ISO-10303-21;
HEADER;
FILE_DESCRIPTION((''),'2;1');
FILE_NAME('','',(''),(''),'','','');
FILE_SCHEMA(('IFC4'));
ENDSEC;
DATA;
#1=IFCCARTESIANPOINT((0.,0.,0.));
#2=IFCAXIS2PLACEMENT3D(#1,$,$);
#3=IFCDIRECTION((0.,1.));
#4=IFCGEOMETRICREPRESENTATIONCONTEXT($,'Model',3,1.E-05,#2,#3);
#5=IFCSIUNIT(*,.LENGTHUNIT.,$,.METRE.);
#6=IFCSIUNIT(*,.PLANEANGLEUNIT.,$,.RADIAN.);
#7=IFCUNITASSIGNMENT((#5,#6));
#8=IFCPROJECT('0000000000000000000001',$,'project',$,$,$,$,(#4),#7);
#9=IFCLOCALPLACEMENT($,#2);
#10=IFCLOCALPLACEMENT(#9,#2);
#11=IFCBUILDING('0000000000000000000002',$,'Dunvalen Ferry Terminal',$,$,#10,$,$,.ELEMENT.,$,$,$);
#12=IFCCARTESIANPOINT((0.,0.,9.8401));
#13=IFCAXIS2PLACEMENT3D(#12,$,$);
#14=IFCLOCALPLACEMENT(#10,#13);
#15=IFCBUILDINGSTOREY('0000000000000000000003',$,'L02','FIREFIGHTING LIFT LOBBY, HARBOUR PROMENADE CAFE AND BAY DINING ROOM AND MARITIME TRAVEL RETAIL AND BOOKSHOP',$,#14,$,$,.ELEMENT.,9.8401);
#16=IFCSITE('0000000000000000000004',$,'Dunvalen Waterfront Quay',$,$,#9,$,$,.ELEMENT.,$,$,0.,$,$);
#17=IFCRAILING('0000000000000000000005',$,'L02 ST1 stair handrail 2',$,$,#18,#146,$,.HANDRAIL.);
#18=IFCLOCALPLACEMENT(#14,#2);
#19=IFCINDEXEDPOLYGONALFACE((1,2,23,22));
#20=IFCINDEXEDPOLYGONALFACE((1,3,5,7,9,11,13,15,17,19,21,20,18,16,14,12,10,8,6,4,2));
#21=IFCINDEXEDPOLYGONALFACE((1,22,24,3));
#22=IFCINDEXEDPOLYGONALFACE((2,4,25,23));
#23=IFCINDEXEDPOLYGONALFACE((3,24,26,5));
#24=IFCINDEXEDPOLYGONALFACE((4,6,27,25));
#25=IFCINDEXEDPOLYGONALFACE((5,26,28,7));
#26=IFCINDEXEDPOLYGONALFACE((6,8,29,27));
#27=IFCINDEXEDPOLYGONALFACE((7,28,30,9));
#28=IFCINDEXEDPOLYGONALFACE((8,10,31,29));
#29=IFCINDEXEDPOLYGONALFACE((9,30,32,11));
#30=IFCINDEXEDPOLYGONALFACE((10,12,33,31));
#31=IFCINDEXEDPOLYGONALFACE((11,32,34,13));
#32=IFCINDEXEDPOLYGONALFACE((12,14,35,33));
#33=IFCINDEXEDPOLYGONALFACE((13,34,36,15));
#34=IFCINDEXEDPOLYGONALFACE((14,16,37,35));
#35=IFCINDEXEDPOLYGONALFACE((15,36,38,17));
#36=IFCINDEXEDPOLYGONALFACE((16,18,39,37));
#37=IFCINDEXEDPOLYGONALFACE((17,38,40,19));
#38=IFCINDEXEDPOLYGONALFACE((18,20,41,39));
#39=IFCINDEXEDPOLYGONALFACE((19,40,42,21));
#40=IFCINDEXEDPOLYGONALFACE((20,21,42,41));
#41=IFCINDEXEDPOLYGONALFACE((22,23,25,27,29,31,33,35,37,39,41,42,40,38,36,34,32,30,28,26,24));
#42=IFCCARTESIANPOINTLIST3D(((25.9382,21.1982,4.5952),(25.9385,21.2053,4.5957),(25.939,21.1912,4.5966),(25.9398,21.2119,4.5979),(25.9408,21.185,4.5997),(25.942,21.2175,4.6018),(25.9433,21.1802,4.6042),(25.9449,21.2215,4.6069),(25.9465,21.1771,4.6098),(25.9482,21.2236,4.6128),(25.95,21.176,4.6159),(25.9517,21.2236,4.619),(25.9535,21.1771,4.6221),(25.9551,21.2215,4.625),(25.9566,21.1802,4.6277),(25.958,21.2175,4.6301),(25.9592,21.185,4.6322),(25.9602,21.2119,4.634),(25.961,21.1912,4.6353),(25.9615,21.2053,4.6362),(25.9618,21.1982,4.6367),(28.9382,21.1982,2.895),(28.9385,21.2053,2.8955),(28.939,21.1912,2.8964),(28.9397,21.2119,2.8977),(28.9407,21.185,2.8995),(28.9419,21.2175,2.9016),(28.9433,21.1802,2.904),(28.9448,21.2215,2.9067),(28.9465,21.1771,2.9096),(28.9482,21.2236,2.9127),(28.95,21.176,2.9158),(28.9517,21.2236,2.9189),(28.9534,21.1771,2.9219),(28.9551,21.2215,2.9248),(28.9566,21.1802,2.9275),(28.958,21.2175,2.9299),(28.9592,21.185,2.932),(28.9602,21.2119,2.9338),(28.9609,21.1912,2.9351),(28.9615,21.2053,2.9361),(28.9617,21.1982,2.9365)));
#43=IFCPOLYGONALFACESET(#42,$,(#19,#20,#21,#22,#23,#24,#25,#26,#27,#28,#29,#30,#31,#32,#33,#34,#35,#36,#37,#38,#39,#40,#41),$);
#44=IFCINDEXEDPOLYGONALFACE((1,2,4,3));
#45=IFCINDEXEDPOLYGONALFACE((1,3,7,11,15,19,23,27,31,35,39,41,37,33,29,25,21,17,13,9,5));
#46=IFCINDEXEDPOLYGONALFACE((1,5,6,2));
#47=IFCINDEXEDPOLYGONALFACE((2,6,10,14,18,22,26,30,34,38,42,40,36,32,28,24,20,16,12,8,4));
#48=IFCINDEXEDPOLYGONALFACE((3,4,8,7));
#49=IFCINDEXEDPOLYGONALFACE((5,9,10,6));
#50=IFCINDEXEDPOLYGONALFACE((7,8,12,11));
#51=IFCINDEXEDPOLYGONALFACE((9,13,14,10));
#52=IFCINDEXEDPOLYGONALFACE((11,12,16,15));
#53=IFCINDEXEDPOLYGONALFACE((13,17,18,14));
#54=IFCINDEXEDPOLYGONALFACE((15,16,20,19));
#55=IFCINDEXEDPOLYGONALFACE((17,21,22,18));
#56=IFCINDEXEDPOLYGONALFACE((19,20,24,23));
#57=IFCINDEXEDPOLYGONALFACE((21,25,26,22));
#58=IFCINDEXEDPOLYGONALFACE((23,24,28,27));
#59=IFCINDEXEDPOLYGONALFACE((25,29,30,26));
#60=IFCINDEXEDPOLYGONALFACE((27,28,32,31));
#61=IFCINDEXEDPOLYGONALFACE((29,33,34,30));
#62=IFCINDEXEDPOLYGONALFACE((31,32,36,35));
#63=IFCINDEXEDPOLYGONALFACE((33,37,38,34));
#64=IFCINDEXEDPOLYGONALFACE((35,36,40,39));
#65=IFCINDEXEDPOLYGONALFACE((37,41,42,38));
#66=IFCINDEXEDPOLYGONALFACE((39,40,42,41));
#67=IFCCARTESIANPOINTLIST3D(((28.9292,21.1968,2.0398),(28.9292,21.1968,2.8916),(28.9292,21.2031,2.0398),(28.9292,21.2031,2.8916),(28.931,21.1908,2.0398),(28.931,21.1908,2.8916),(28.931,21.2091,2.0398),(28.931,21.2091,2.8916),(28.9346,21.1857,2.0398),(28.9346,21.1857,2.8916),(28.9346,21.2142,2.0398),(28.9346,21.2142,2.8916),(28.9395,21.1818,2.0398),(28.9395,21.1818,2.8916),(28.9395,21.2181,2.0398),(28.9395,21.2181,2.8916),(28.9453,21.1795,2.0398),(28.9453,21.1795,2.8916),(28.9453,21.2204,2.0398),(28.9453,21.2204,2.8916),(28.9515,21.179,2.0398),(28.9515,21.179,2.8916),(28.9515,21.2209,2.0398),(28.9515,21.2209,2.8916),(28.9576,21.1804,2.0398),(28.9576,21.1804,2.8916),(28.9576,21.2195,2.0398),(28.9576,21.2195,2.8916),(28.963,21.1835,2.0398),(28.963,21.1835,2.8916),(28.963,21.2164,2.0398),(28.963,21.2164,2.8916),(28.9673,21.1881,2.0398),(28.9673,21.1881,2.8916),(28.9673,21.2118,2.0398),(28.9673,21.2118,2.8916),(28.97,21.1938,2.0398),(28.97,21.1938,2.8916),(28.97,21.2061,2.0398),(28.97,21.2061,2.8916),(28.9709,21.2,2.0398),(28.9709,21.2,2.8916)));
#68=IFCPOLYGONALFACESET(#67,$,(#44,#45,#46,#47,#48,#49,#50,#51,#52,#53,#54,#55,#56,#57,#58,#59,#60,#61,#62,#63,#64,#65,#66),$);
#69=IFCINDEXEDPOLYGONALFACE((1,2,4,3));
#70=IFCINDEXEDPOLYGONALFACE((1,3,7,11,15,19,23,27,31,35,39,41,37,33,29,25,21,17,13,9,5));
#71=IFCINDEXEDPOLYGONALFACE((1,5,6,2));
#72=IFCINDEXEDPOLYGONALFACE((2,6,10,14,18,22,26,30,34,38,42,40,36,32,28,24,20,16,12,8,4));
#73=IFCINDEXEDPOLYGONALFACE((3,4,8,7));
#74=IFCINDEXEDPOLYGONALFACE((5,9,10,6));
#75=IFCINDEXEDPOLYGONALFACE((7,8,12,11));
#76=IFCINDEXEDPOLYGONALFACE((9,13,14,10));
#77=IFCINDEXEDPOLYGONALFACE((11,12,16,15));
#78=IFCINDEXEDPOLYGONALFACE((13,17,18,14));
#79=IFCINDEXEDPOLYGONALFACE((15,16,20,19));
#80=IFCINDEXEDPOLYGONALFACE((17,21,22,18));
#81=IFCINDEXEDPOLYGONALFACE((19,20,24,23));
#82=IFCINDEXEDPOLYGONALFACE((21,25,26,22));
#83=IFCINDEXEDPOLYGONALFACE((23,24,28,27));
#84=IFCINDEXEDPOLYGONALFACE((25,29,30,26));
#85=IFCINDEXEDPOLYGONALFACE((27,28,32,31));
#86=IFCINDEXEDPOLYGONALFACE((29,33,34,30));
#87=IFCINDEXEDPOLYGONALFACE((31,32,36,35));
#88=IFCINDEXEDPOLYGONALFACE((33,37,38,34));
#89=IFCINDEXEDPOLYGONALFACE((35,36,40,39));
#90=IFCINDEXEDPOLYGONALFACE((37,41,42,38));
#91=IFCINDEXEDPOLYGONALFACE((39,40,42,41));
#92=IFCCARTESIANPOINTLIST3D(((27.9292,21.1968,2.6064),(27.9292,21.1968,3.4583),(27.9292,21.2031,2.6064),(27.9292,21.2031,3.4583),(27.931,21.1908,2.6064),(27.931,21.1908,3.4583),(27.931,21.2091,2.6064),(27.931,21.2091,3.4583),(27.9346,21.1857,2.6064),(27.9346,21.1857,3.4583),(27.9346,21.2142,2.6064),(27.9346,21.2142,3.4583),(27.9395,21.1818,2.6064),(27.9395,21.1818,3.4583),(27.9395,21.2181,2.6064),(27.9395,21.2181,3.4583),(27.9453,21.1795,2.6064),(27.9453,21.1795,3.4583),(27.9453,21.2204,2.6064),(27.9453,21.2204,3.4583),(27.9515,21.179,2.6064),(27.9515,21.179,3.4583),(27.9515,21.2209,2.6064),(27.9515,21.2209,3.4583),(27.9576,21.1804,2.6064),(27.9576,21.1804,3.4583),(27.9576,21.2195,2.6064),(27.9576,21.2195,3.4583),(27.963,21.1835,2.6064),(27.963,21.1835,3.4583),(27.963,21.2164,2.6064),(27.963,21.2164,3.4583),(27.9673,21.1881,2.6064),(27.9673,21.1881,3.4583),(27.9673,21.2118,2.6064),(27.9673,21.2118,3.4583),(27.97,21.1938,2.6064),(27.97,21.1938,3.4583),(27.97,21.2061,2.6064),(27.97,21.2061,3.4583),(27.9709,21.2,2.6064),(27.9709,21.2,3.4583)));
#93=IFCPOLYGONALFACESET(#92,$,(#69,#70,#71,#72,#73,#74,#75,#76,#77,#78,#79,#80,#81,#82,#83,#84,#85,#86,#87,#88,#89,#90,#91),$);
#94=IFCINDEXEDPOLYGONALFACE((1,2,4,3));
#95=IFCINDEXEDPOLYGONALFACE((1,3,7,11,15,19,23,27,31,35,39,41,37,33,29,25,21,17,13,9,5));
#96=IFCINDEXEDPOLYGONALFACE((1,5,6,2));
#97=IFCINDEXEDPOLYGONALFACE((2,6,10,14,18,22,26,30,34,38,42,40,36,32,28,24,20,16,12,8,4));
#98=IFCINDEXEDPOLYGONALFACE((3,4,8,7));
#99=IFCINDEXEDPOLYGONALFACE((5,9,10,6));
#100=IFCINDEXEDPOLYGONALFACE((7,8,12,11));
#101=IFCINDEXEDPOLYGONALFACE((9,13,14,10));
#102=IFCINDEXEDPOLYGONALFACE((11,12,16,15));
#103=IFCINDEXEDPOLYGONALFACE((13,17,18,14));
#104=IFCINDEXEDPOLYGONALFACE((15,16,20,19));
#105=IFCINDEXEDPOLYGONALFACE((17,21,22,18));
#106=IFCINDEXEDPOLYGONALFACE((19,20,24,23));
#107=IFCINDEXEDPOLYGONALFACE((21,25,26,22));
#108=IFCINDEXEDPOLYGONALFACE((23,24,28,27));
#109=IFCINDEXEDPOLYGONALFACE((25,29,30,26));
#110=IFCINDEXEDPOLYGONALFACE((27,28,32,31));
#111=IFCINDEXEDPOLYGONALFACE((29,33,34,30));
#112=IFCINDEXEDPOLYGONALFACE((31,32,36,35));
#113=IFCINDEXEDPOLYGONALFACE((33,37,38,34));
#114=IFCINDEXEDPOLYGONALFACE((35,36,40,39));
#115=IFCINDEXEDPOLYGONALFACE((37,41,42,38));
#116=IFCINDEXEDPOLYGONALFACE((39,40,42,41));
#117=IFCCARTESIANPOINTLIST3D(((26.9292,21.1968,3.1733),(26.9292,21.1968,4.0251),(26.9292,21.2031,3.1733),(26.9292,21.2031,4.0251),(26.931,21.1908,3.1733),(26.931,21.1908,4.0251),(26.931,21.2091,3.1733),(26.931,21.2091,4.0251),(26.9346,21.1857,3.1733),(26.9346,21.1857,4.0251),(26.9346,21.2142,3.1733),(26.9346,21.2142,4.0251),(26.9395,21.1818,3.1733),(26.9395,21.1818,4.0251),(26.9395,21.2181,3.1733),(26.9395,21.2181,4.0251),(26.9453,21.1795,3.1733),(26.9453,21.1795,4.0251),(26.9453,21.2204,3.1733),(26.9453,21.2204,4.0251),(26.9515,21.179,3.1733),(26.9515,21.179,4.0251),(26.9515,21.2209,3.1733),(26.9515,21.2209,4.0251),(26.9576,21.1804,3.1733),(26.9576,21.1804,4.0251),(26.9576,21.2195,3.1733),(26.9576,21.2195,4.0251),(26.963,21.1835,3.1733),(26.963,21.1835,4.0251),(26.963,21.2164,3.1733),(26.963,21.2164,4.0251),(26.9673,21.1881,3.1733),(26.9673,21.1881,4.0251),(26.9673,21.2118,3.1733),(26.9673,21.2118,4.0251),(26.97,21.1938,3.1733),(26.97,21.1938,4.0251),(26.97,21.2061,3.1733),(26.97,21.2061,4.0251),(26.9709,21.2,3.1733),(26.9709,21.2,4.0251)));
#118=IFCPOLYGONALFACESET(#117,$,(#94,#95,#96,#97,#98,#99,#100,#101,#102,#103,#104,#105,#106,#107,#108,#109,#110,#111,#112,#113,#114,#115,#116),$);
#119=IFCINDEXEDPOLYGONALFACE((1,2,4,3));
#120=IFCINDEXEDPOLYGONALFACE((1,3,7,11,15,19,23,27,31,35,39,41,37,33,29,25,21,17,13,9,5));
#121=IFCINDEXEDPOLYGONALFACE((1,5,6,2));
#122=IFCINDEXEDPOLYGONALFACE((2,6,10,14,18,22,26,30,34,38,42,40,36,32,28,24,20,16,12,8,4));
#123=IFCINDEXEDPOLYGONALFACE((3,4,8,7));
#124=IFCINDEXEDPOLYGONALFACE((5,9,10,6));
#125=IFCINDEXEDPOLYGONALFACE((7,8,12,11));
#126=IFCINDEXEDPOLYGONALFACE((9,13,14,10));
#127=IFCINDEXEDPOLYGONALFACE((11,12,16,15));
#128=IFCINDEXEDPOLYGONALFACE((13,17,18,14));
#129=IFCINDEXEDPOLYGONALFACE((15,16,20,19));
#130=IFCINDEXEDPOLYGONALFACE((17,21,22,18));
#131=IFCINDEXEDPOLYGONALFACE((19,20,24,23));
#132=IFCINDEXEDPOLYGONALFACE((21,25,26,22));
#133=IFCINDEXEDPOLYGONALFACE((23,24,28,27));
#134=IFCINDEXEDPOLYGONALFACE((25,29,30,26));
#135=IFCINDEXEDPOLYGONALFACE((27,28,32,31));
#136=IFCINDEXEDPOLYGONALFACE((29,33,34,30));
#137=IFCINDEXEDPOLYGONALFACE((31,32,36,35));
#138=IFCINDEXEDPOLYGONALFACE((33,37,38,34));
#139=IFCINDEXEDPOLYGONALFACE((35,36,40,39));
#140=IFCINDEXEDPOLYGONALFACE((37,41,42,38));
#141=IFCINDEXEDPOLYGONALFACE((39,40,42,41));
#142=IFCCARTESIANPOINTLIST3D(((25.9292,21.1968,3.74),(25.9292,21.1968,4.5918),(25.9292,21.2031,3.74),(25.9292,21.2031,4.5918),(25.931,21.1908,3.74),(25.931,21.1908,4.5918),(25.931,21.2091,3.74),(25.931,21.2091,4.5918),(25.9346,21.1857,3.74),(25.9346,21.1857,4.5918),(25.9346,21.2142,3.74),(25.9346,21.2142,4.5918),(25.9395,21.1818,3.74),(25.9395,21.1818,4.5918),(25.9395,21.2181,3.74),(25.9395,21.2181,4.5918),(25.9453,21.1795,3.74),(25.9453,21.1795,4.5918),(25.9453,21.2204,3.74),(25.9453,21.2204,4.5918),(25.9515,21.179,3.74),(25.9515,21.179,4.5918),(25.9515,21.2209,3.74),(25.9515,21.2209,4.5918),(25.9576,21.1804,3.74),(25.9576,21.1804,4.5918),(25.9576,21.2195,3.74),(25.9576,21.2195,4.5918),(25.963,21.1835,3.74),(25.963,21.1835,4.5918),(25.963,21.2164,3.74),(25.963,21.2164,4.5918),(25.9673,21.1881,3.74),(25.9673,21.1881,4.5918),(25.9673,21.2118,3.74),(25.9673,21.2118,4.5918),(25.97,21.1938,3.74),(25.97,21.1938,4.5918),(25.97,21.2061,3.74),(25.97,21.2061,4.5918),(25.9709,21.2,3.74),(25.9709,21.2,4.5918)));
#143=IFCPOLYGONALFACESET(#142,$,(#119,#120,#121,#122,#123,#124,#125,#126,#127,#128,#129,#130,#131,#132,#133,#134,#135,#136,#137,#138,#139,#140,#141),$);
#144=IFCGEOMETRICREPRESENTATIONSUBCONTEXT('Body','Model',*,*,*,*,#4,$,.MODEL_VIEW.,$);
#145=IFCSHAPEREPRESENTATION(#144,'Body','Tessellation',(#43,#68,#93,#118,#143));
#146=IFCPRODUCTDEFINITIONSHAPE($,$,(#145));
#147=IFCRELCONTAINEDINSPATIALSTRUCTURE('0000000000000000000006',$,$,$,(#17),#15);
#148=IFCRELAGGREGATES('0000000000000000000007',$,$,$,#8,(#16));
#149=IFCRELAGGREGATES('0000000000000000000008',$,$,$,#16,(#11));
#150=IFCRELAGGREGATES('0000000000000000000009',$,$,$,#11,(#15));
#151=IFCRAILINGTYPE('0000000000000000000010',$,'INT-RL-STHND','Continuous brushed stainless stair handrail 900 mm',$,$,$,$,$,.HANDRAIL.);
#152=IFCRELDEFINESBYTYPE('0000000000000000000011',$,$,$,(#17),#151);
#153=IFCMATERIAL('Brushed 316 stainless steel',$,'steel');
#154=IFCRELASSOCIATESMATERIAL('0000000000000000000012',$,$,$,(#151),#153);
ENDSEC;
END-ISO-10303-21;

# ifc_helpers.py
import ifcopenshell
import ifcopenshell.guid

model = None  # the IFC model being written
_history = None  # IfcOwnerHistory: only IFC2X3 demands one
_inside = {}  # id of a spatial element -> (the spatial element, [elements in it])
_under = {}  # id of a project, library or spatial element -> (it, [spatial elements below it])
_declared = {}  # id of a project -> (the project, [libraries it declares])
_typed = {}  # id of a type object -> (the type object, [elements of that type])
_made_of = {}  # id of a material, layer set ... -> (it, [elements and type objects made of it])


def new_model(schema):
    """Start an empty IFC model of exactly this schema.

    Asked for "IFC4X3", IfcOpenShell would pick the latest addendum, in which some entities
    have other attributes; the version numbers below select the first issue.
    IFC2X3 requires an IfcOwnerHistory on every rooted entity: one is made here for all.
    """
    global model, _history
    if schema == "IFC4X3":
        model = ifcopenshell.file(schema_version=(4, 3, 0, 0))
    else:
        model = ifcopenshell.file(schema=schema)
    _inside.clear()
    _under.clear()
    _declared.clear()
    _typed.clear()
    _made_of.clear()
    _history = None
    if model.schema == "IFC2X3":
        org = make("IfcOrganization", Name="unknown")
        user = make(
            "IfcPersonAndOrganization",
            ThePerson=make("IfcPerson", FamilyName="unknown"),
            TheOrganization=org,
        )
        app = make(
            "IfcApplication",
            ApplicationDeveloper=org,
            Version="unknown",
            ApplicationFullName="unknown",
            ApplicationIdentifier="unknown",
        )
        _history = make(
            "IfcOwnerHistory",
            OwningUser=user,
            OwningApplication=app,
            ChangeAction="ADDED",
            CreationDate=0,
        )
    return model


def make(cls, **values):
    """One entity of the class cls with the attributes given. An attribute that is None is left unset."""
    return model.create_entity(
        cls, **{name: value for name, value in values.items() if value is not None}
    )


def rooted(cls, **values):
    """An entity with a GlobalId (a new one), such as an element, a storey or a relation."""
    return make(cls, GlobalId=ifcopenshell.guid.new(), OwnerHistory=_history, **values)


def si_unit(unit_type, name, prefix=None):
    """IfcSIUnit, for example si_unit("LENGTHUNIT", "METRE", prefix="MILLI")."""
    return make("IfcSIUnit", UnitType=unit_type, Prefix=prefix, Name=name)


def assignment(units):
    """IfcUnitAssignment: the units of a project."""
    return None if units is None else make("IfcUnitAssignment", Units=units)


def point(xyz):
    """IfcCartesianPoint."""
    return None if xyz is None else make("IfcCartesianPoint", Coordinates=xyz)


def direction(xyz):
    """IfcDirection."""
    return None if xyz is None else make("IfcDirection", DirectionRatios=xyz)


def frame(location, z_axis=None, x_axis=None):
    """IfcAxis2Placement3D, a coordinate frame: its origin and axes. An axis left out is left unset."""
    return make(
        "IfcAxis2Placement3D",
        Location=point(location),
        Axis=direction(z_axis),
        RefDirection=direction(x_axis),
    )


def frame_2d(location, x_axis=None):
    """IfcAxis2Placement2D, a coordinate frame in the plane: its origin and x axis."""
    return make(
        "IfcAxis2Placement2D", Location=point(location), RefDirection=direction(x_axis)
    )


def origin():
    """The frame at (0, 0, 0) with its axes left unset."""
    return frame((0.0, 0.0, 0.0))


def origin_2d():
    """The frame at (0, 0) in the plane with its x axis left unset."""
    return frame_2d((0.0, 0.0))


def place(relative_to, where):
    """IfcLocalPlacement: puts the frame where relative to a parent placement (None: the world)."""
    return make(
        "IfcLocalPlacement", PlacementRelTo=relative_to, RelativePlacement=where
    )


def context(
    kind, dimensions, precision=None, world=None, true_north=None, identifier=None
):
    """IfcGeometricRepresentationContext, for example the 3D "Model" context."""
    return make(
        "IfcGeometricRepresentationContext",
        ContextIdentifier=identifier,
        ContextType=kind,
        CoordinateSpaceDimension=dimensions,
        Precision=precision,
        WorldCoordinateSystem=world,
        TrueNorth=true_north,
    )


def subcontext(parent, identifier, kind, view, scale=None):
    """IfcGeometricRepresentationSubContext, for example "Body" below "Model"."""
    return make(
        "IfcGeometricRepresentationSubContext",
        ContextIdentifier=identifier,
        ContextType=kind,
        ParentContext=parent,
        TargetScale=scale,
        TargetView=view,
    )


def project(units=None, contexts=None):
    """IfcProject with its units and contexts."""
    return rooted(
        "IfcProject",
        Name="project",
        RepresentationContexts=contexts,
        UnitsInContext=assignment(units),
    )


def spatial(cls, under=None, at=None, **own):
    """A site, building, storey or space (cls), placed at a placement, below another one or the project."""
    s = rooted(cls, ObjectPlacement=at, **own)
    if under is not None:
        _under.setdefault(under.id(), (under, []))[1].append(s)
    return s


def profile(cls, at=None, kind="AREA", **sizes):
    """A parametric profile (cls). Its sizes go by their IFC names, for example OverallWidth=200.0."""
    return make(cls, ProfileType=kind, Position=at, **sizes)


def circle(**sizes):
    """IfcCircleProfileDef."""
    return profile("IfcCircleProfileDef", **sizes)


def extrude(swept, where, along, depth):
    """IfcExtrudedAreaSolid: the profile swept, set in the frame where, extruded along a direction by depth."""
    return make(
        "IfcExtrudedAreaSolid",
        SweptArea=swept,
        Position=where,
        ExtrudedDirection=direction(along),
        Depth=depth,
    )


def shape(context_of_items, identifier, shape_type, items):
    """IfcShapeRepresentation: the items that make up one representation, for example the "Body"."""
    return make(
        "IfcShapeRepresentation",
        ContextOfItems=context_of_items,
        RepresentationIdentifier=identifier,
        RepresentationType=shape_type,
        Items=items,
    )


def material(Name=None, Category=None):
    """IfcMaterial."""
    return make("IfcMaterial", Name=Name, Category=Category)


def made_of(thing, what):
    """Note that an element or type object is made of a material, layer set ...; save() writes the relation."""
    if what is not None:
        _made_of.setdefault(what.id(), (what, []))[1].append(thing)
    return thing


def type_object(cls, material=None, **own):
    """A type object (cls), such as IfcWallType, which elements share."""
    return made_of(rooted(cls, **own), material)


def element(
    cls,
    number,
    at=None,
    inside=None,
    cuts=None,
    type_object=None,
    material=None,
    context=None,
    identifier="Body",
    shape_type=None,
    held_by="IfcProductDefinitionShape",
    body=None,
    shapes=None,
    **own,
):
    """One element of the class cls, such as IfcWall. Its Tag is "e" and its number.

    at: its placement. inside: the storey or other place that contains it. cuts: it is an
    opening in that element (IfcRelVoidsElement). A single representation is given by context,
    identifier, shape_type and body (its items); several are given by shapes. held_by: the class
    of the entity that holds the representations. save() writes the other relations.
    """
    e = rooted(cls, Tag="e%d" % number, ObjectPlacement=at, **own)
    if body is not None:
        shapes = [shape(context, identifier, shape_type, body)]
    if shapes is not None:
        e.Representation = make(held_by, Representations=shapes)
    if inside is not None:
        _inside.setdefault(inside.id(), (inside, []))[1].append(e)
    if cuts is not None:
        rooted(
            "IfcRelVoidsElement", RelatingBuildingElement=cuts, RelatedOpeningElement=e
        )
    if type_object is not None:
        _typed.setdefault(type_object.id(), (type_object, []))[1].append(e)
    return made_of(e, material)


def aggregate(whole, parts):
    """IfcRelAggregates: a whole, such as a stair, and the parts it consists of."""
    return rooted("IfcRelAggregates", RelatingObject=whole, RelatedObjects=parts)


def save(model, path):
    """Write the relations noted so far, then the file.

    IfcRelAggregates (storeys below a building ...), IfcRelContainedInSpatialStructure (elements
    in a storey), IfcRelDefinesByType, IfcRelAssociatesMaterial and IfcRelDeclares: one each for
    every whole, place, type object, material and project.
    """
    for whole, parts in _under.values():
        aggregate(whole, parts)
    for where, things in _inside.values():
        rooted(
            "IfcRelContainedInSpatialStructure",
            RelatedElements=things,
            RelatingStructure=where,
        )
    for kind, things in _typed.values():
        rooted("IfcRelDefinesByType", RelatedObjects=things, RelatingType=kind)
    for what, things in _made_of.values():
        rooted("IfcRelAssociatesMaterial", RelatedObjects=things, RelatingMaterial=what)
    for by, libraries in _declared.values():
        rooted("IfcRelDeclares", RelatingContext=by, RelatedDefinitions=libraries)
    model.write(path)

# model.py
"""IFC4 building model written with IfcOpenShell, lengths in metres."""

from ifc_helpers import new_model, si_unit, direction, frame, origin, origin_2d, place, context, subcontext, project, spatial, circle, extrude, material, type_object, element, save


model = new_model("IFC4")

# Units and contexts
model_context = context("Model", 3, precision=1e-05, world=origin(), true_north=direction((0.0, 1.0)))
body_context = subcontext(model_context, "Body", "Model", "MODEL_VIEW")
ifc_project = project(units=[si_unit("LENGTHUNIT", "METRE"), si_unit("PLANEANGLEUNIT", "RADIAN")], contexts=[model_context])

# Site, building, storey
site_placement = place(None, origin())
site = spatial("IfcSite", under=ifc_project, at=site_placement, Name="Dunvalen Waterfront Quay", CompositionType="ELEMENT", RefElevation=0.0)
building_placement = place(site_placement, origin())
building = spatial("IfcBuilding", under=site, at=building_placement, Name="Dunvalen Ferry Terminal", CompositionType="ELEMENT")
storey_placement = place(building_placement, frame((0.0, 0.0, 9.8401)))
storey = spatial("IfcBuildingStorey", under=building, at=storey_placement, Name="L02", Description="FIREFIGHTING LIFT LOBBY, HARBOUR PROMENADE CAFE AND BAY DINING ROOM AND MARITIME TRAVEL RETAIL AND BOOKSHOP", CompositionType="ELEMENT", Elevation=9.8401)

# Railing
ifc_material_1 = material(Name="Brushed 316 stainless steel", Category="steel")
railing_type_1 = type_object("IfcRailingType", Name="INT-RL-STHND", Description="Continuous brushed stainless stair handrail 900 mm", PredefinedType="HANDRAIL", material=ifc_material_1)
railing_1_placement = place(storey_placement, frame((28.95, 21.2, 2.0398)))
element("IfcRailing", 1, at=railing_1_placement, inside=storey, type_object=railing_type_1, Name="L02 ST1 stair handrail 2", PredefinedType="HANDRAIL", context=body_context, shape_type="SweptSolid", body=[
    extrude(circle(Radius=0.0239, at=origin_2d()), frame((0.0, 0.0, 0.876), z_axis=(-0.869998, 0.0, 0.493055), x_axis=(0.0, -1.0, 0.0)), (0.0, 0.0, 1.0), 3.4482),
    extrude(circle(Radius=0.021, at=origin_2d()), origin(), (0.0, 0.0, 1.0), 0.8518),
    extrude(circle(Radius=0.021, at=origin_2d()), frame((-1.0, 0.0, 0.5667)), (0.0, 0.0, 1.0), 0.8518),
    extrude(circle(Radius=0.021, at=origin_2d()), frame((-2.0, 0.0, 1.1335)), (0.0, 0.0, 1.0), 0.8518),
    extrude(circle(Radius=0.021, at=origin_2d()), frame((-3.0, 0.0, 1.7002)), (0.0, 0.0, 1.0), 0.8518),
])

save(model, "model.ifc")
